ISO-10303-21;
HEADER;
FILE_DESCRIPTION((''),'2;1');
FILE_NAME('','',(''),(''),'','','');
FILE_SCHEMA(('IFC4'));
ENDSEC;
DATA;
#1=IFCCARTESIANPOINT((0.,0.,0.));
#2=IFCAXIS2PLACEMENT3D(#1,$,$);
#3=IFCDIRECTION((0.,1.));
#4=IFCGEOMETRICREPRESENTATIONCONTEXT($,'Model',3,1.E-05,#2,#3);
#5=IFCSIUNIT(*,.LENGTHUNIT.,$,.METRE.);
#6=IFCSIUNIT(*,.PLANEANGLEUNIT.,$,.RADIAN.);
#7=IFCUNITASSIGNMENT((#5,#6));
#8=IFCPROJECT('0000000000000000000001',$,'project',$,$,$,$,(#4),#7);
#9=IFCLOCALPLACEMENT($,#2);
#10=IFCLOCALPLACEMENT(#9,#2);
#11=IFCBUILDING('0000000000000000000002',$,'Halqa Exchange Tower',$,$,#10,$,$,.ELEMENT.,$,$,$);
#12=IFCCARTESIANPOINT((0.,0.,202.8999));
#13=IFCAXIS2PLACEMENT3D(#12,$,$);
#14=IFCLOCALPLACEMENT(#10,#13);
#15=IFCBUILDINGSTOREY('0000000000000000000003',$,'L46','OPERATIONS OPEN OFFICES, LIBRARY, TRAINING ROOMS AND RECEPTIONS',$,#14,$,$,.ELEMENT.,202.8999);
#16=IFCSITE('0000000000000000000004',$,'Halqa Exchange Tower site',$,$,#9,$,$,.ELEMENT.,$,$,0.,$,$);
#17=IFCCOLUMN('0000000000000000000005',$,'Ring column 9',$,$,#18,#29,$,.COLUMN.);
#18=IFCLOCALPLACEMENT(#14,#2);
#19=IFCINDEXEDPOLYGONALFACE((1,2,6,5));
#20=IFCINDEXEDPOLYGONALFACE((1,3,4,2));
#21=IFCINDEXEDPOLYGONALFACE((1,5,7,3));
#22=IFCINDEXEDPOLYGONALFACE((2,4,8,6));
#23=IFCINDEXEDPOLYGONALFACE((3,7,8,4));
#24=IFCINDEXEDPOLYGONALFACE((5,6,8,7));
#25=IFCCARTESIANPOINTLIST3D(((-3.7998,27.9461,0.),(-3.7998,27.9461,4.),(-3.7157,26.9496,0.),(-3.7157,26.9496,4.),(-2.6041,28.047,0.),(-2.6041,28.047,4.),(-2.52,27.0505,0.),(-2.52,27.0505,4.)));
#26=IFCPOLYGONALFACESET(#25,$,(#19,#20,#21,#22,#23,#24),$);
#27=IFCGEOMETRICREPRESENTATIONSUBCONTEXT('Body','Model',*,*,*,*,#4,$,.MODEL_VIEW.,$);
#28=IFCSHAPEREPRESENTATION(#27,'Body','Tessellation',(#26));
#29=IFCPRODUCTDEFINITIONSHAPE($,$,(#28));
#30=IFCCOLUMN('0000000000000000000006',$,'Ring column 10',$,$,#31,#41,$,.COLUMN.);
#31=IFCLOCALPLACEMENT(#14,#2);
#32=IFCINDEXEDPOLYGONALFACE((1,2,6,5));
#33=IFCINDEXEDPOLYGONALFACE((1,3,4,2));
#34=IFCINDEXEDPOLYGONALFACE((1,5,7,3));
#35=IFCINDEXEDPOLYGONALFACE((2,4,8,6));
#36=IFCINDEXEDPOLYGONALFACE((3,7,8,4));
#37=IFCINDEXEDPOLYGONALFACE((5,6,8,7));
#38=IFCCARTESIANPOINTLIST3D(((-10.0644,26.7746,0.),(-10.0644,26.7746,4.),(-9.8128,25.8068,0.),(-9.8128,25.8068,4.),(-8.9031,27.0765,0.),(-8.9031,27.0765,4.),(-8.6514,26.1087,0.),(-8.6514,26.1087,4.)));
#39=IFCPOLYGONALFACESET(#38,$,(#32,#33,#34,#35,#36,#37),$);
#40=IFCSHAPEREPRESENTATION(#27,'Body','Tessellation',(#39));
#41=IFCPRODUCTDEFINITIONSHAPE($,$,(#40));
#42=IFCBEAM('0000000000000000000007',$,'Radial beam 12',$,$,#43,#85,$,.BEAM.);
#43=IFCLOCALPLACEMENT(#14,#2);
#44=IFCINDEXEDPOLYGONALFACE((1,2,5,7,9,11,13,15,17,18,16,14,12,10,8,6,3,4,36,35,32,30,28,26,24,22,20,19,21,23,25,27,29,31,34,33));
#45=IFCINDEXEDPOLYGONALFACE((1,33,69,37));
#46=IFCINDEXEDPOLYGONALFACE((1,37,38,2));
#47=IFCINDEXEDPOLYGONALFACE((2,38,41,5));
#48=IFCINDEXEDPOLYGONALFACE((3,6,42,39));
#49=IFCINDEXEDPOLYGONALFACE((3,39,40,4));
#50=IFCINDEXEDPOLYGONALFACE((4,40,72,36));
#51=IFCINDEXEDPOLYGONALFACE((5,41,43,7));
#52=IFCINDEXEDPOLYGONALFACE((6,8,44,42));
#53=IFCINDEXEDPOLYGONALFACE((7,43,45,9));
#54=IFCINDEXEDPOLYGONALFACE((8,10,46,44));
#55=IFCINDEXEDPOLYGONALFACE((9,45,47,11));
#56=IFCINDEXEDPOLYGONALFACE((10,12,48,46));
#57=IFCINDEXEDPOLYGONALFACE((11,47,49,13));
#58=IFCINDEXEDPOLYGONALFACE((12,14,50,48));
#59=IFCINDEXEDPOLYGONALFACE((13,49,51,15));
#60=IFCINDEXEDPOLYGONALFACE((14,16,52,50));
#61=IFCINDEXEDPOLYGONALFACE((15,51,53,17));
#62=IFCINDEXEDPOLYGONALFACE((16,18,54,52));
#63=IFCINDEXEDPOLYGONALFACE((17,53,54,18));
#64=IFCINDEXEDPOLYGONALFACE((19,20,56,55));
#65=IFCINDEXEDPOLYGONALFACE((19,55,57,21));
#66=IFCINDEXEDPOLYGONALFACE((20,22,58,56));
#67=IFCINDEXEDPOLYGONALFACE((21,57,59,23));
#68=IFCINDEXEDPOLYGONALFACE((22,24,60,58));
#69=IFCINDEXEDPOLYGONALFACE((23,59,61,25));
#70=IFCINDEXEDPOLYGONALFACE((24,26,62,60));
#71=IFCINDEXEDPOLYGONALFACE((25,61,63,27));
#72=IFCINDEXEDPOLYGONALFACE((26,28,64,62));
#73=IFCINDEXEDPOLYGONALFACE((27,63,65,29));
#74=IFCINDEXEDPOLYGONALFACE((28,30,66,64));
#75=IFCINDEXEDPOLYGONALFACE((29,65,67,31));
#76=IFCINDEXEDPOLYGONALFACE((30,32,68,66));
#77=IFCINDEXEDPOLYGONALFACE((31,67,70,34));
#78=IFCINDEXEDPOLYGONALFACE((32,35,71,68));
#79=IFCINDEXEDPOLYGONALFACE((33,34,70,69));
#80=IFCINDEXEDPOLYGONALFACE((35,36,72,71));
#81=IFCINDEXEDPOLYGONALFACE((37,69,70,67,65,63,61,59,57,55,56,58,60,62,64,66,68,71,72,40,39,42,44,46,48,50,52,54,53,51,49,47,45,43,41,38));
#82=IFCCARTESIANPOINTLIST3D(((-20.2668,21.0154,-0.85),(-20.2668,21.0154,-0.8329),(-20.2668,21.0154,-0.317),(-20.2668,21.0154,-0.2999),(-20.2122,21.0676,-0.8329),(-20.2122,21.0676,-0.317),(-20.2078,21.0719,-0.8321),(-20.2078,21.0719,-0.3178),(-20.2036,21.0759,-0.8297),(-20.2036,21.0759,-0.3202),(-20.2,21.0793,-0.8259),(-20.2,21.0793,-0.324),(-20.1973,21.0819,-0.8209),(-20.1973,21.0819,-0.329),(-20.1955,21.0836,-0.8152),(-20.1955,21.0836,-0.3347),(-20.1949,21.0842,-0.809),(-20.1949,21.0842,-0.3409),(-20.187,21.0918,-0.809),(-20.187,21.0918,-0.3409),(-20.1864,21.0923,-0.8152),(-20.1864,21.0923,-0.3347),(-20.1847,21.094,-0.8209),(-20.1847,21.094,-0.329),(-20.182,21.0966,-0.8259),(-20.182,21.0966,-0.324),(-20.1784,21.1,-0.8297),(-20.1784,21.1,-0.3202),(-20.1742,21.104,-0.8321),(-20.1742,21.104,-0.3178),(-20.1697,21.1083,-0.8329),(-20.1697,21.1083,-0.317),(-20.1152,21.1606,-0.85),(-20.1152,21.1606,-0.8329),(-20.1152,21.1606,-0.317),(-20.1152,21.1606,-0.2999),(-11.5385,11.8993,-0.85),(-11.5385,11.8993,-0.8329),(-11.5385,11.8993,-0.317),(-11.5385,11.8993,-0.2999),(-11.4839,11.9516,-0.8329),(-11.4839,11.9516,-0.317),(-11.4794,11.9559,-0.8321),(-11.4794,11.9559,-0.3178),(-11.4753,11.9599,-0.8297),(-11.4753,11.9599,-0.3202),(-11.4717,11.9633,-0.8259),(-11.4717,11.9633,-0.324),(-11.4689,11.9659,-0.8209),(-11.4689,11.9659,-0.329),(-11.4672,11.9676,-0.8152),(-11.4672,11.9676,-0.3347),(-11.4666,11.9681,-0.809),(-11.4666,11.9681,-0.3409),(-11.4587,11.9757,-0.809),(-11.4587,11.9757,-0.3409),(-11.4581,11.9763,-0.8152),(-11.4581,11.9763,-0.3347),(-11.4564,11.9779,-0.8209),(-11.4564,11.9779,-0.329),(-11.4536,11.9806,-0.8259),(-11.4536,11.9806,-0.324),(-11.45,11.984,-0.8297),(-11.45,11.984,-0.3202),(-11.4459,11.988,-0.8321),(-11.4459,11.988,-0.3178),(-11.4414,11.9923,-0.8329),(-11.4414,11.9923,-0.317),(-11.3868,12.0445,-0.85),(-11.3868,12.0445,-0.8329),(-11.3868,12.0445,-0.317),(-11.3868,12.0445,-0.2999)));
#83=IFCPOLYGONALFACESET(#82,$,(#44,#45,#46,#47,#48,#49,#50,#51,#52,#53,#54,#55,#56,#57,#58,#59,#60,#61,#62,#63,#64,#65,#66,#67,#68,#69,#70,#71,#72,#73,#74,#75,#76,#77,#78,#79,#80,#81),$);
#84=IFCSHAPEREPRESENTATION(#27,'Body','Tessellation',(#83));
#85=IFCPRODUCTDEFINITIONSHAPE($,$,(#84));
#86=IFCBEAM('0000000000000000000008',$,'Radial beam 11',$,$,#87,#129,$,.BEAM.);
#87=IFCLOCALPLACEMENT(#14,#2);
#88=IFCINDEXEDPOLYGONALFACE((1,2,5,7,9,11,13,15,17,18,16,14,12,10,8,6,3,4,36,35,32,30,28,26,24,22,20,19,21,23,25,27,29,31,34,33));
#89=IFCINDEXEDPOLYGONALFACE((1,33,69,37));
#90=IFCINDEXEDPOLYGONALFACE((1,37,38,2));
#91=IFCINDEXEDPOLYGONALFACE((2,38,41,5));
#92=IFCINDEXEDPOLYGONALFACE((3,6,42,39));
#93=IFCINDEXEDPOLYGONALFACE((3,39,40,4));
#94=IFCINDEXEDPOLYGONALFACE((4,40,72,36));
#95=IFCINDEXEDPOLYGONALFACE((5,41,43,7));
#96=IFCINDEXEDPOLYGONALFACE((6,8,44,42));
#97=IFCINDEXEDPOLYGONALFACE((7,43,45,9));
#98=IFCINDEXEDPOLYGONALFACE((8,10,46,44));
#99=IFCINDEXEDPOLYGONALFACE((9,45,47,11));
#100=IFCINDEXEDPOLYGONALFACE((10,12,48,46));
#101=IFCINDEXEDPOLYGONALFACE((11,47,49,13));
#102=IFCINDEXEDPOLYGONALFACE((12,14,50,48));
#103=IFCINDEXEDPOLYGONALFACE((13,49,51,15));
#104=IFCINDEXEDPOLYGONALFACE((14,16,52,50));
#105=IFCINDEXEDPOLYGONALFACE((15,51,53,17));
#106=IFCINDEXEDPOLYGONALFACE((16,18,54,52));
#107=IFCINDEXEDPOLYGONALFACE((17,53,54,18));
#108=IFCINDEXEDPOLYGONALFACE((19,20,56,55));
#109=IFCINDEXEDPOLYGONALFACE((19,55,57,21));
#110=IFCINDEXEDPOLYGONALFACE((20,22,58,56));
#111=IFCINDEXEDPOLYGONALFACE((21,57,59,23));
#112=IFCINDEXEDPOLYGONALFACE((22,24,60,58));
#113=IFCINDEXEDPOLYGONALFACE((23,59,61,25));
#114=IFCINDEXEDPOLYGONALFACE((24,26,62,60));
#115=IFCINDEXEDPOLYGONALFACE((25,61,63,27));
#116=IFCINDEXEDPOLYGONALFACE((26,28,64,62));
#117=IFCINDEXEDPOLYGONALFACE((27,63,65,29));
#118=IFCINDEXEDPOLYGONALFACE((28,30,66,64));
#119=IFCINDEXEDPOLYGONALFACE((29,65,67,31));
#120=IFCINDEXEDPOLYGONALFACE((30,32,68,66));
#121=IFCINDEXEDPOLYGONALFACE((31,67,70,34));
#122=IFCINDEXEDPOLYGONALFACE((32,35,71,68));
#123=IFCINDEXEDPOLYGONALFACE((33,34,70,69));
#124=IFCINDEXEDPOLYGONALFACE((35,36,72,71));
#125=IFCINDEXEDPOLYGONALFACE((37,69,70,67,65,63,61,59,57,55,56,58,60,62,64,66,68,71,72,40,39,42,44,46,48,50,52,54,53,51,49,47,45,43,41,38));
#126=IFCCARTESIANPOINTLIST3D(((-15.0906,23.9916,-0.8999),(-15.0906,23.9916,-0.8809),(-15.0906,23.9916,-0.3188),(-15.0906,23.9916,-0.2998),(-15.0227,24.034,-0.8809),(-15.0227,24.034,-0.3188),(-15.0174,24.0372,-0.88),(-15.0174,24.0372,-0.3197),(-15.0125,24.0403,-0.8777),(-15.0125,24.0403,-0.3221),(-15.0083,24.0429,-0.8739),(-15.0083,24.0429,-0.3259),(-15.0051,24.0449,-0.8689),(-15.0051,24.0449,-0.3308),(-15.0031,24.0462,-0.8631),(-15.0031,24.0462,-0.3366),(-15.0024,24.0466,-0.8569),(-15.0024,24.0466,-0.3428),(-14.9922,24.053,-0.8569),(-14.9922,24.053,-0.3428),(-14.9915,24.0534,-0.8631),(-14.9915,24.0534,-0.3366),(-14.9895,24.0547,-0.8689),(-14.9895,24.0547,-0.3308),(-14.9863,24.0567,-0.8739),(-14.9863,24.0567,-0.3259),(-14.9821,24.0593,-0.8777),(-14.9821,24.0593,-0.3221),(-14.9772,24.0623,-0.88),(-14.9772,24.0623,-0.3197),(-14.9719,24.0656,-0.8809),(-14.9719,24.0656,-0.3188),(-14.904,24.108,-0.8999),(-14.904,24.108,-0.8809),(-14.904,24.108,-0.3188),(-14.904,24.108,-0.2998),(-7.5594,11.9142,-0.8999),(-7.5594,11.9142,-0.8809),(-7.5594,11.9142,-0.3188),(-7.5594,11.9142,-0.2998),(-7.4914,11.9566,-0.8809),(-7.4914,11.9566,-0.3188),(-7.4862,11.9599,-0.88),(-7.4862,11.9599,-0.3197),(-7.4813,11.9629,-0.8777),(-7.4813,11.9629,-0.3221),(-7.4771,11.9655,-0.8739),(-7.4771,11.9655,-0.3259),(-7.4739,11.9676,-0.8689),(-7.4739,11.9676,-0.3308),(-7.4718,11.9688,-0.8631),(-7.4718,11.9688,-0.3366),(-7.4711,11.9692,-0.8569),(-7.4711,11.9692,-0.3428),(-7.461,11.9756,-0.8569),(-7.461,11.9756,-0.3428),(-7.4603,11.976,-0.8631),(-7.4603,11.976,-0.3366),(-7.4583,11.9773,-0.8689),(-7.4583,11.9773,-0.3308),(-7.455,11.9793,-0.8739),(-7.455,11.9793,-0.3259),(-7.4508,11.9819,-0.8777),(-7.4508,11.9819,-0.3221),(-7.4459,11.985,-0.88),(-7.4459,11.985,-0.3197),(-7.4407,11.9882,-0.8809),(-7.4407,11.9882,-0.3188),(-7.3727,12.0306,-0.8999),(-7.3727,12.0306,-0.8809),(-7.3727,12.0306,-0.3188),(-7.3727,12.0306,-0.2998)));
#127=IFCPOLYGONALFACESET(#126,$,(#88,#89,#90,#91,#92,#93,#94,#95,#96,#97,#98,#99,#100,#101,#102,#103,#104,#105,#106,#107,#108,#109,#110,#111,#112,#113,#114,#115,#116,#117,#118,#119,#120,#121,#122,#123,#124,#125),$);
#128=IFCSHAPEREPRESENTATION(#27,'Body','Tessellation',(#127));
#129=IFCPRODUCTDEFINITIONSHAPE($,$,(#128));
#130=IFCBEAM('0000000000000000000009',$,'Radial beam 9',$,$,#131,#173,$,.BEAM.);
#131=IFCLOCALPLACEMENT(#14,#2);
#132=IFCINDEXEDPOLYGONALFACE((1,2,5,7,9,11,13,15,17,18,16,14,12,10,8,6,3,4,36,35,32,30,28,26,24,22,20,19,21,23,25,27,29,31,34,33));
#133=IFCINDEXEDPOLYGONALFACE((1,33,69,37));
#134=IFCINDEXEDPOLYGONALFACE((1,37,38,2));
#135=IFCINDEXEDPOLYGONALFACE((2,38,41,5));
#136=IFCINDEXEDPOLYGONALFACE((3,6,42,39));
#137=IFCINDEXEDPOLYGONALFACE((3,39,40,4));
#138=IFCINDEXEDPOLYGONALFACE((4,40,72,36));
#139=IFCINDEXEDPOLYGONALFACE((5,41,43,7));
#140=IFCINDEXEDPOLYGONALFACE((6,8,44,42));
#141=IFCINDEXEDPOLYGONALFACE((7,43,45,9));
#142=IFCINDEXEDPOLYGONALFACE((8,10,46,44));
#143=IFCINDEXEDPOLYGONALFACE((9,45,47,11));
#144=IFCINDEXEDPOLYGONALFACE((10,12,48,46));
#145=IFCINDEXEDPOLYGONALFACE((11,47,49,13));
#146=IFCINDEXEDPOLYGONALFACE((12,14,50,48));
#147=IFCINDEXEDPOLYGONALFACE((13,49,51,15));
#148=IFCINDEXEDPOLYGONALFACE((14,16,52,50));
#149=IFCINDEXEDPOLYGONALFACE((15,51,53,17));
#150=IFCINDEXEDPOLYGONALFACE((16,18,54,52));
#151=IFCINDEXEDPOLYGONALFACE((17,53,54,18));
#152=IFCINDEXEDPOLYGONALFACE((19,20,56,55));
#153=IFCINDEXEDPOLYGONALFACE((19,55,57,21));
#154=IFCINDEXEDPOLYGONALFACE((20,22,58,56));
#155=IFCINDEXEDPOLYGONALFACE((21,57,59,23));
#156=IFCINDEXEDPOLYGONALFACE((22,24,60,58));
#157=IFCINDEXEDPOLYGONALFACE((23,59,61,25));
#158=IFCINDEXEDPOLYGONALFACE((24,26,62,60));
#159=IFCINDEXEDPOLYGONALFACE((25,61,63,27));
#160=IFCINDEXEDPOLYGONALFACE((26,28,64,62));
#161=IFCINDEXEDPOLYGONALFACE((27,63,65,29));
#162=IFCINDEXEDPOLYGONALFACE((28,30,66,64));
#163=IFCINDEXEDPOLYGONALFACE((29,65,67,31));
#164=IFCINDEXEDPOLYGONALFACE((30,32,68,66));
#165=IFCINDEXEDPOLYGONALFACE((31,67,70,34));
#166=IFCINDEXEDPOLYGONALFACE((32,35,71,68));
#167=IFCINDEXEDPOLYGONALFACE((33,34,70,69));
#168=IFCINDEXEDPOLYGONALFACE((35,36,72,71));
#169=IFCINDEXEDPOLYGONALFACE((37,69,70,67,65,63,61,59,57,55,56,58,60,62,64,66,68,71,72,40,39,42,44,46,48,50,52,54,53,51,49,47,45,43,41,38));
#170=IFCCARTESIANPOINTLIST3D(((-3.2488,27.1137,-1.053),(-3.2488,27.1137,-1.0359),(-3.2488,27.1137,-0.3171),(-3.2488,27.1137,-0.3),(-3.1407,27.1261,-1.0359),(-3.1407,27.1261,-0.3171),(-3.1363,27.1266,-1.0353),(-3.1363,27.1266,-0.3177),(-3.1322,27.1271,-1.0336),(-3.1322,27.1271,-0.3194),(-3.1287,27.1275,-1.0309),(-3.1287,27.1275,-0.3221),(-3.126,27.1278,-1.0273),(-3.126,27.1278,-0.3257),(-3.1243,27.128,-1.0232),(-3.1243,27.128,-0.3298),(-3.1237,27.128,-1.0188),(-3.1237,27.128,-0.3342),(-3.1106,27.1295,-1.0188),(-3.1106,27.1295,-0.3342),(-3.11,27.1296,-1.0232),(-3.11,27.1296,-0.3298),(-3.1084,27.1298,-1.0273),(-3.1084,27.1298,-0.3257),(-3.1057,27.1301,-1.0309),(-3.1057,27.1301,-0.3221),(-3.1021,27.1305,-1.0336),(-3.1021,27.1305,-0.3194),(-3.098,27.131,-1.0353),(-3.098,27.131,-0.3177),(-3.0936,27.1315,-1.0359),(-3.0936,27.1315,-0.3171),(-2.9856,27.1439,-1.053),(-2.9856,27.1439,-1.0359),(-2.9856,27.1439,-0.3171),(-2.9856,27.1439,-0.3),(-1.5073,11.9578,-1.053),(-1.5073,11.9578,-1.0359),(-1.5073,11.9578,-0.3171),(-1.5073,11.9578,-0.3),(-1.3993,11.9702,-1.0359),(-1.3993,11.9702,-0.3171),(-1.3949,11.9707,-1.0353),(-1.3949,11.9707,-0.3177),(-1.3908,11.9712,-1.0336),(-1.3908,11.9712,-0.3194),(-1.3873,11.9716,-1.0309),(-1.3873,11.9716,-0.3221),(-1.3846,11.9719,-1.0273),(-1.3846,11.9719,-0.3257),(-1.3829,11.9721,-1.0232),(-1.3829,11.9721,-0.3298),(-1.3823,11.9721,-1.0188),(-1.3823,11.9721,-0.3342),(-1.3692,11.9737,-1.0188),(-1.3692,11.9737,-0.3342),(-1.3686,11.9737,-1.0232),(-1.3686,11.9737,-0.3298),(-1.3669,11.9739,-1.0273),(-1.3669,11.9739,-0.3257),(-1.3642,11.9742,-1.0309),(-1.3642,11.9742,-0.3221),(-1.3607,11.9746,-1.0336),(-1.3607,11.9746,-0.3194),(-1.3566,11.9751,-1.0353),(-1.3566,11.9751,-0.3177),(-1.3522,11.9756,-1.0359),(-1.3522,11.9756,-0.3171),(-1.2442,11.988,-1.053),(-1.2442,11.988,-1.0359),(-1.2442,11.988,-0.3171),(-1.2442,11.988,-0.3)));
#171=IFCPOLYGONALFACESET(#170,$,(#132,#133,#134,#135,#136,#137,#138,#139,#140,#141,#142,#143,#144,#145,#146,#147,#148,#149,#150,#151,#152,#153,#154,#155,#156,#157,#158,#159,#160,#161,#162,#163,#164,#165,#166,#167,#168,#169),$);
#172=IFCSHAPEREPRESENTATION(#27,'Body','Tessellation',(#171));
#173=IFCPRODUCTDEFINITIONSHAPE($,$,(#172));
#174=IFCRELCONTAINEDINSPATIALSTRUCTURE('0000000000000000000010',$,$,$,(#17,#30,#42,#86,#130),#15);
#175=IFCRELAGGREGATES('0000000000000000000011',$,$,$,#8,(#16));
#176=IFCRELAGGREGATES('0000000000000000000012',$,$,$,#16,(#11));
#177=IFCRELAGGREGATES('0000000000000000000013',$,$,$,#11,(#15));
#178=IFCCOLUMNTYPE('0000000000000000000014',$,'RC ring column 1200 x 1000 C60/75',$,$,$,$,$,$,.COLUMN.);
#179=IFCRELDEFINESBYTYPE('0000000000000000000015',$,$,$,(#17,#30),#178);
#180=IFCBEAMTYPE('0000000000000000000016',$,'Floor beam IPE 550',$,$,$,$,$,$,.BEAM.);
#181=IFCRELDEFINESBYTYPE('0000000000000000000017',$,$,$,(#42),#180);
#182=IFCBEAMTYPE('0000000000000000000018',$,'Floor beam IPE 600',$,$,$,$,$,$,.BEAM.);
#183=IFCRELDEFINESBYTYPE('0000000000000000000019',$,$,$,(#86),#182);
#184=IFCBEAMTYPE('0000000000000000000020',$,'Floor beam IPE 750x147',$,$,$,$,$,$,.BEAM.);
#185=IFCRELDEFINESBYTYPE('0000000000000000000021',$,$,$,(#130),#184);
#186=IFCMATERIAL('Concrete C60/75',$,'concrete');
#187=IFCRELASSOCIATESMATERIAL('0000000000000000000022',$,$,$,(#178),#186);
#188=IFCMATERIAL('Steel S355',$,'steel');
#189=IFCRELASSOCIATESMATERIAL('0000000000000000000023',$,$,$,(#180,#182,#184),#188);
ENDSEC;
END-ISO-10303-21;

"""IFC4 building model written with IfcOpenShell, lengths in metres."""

from ifc_helpers import new_model, si_unit, direction, frame, origin, origin_2d, place, context, subcontext, project, spatial, rectangle, i_section, extrude, material, material_profile, profile_set, type_object, element, save


model = new_model("IFC4")

# Units and contexts
model_context = context("Model", 3, precision=1e-05, world=origin(), true_north=direction((0.0, 1.0)))
body_context = subcontext(model_context, "Body", "Model", "MODEL_VIEW")
ifc_project = project(units=[si_unit("LENGTHUNIT", "METRE"), si_unit("PLANEANGLEUNIT", "RADIAN")], contexts=[model_context])

# Site, building, storey
site_placement = place(None, origin())
site = spatial("IfcSite", under=ifc_project, at=site_placement, Name="Halqa Exchange Tower site", CompositionType="ELEMENT", RefElevation=0.0)
building_placement = place(site_placement, origin())
building = spatial("IfcBuilding", under=site, at=building_placement, Name="Halqa Exchange Tower", CompositionType="ELEMENT")
storey_placement = place(building_placement, frame((0.0, 0.0, 202.8999)))
storey = spatial("IfcBuildingStorey", under=building, at=storey_placement, Name="L46", Description="OPERATIONS OPEN OFFICES, LIBRARY, TRAINING ROOMS AND RECEPTIONS", CompositionType="ELEMENT", Elevation=202.8999)

# Columns
ifc_material_1 = material(Name="Concrete C60/75", Category="concrete")
ifc_material_profile_1 = material_profile(ifc_material_1, rectangle(XDim=1.2, YDim=1.0, at=origin_2d()), Name="1200 x 1000")
ifc_profile_set_1 = profile_set([ifc_material_profile_1], Name="Concrete C60/75")
column_type = type_object("IfcColumnType", Name="RC ring column 1200 x 1000 C60/75", PredefinedType="COLUMN", material=ifc_profile_set_1)
for number, where, z_axis, x_axis, name in (
    (1, (-3.1599, 27.4983, 0.0), (0.0, 0.0, 1.0), (-0.996456, -0.084118, 0.0), "Ring column 9"),
    (2, (-9.3579, 26.4417, 0.0), (0.0, 0.0, 1.0), (-0.96782, -0.251642, 0.0), "Ring column 10"),
):
    element("IfcColumn", number, at=place(storey_placement, frame(where, z_axis=z_axis, x_axis=x_axis)), inside=storey, type_object=column_type, Name=name, PredefinedType="COLUMN", context=body_context, shape_type="SweptSolid", body=[
        extrude(rectangle(XDim=1.2, YDim=1.0, at=origin_2d()), origin(), (0.0, 0.0, 1.0), 4.0),
    ])

# Beams
ifc_material_2 = material(Name="Steel S355", Category="steel")
ifc_material_profile_2 = material_profile(ifc_material_2, i_section(OverallWidth=0.21, OverallDepth=0.55, WebThickness=0.011, FlangeThickness=0.0171, FilletRadius=0.0239, at=origin_2d()), Name="IPE 550")
ifc_profile_set_2 = profile_set([ifc_material_profile_2], Name="Steel S355")
beam_type_1 = type_object("IfcBeamType", Name="Floor beam IPE 550", PredefinedType="BEAM", material=ifc_profile_set_2)
beam_1_placement = place(storey_placement, frame((-11.4626, 11.9719, -0.575), z_axis=(-0.691581, 0.722299, 0.0), x_axis=(-0.722299, -0.691581, 0.0)))
element("IfcBeam", 3, at=beam_1_placement, inside=storey, type_object=beam_type_1, Name="Radial beam 12", PredefinedType="BEAM", context=body_context, shape_type="SweptSolid", body=[
    extrude(i_section(OverallWidth=0.21, OverallDepth=0.55, WebThickness=0.011, FlangeThickness=0.0171, FilletRadius=0.0239, at=origin_2d()), origin(), (0.0, 0.0, 1.0), 12.6208),
])
ifc_material_profile_3 = material_profile(ifc_material_2, i_section(OverallWidth=0.22, OverallDepth=0.6001, WebThickness=0.012, FlangeThickness=0.019, FilletRadius=0.0239, at=origin_2d()), Name="IPE 600")
ifc_profile_set_3 = profile_set([ifc_material_profile_3], Name="Steel S355")
beam_type_2 = type_object("IfcBeamType", Name="Floor beam IPE 600", PredefinedType="BEAM", material=ifc_profile_set_3)
beam_2_placement = place(storey_placement, frame((-7.4661, 11.9724, -0.5999), z_axis=(-0.529134, 0.848538, 0.0), x_axis=(-0.848538, -0.529134, 0.0)))
element("IfcBeam", 4, at=beam_2_placement, inside=storey, type_object=beam_type_2, Name="Radial beam 11", PredefinedType="BEAM", context=body_context, shape_type="SweptSolid", body=[
    extrude(i_section(OverallWidth=0.22, OverallDepth=0.6001, WebThickness=0.012, FlangeThickness=0.019, FilletRadius=0.0239, at=origin_2d()), origin(), (0.0, 0.0, 1.0), 14.2332),
])
ifc_material_profile_4 = material_profile(ifc_material_2, i_section(OverallWidth=0.2649, OverallDepth=0.7529, WebThickness=0.0132, FlangeThickness=0.0171, FilletRadius=0.0171, at=origin_2d()), Name="IPE 750x147")
ifc_profile_set_4 = profile_set([ifc_material_profile_4], Name="Steel S355")
beam_type_3 = type_object("IfcBeamType", Name="Floor beam IPE 750x147", PredefinedType="BEAM", material=ifc_profile_set_4)
beam_3_placement = place(storey_placement, frame((-1.3757, 11.9729, -0.6765), z_axis=(-0.114151, 0.993463, 0.0), x_axis=(-0.993463, -0.114151, 0.0)))
element("IfcBeam", 5, at=beam_3_placement, inside=storey, type_object=beam_type_3, Name="Radial beam 9", PredefinedType="BEAM", context=body_context, shape_type="SweptSolid", body=[
    extrude(i_section(OverallWidth=0.2649, OverallDepth=0.7529, WebThickness=0.0132, FlangeThickness=0.0171, FilletRadius=0.0171, at=origin_2d()), origin(), (0.0, 0.0, 1.0), 15.2556),
])

save(model, "model.ifc")
